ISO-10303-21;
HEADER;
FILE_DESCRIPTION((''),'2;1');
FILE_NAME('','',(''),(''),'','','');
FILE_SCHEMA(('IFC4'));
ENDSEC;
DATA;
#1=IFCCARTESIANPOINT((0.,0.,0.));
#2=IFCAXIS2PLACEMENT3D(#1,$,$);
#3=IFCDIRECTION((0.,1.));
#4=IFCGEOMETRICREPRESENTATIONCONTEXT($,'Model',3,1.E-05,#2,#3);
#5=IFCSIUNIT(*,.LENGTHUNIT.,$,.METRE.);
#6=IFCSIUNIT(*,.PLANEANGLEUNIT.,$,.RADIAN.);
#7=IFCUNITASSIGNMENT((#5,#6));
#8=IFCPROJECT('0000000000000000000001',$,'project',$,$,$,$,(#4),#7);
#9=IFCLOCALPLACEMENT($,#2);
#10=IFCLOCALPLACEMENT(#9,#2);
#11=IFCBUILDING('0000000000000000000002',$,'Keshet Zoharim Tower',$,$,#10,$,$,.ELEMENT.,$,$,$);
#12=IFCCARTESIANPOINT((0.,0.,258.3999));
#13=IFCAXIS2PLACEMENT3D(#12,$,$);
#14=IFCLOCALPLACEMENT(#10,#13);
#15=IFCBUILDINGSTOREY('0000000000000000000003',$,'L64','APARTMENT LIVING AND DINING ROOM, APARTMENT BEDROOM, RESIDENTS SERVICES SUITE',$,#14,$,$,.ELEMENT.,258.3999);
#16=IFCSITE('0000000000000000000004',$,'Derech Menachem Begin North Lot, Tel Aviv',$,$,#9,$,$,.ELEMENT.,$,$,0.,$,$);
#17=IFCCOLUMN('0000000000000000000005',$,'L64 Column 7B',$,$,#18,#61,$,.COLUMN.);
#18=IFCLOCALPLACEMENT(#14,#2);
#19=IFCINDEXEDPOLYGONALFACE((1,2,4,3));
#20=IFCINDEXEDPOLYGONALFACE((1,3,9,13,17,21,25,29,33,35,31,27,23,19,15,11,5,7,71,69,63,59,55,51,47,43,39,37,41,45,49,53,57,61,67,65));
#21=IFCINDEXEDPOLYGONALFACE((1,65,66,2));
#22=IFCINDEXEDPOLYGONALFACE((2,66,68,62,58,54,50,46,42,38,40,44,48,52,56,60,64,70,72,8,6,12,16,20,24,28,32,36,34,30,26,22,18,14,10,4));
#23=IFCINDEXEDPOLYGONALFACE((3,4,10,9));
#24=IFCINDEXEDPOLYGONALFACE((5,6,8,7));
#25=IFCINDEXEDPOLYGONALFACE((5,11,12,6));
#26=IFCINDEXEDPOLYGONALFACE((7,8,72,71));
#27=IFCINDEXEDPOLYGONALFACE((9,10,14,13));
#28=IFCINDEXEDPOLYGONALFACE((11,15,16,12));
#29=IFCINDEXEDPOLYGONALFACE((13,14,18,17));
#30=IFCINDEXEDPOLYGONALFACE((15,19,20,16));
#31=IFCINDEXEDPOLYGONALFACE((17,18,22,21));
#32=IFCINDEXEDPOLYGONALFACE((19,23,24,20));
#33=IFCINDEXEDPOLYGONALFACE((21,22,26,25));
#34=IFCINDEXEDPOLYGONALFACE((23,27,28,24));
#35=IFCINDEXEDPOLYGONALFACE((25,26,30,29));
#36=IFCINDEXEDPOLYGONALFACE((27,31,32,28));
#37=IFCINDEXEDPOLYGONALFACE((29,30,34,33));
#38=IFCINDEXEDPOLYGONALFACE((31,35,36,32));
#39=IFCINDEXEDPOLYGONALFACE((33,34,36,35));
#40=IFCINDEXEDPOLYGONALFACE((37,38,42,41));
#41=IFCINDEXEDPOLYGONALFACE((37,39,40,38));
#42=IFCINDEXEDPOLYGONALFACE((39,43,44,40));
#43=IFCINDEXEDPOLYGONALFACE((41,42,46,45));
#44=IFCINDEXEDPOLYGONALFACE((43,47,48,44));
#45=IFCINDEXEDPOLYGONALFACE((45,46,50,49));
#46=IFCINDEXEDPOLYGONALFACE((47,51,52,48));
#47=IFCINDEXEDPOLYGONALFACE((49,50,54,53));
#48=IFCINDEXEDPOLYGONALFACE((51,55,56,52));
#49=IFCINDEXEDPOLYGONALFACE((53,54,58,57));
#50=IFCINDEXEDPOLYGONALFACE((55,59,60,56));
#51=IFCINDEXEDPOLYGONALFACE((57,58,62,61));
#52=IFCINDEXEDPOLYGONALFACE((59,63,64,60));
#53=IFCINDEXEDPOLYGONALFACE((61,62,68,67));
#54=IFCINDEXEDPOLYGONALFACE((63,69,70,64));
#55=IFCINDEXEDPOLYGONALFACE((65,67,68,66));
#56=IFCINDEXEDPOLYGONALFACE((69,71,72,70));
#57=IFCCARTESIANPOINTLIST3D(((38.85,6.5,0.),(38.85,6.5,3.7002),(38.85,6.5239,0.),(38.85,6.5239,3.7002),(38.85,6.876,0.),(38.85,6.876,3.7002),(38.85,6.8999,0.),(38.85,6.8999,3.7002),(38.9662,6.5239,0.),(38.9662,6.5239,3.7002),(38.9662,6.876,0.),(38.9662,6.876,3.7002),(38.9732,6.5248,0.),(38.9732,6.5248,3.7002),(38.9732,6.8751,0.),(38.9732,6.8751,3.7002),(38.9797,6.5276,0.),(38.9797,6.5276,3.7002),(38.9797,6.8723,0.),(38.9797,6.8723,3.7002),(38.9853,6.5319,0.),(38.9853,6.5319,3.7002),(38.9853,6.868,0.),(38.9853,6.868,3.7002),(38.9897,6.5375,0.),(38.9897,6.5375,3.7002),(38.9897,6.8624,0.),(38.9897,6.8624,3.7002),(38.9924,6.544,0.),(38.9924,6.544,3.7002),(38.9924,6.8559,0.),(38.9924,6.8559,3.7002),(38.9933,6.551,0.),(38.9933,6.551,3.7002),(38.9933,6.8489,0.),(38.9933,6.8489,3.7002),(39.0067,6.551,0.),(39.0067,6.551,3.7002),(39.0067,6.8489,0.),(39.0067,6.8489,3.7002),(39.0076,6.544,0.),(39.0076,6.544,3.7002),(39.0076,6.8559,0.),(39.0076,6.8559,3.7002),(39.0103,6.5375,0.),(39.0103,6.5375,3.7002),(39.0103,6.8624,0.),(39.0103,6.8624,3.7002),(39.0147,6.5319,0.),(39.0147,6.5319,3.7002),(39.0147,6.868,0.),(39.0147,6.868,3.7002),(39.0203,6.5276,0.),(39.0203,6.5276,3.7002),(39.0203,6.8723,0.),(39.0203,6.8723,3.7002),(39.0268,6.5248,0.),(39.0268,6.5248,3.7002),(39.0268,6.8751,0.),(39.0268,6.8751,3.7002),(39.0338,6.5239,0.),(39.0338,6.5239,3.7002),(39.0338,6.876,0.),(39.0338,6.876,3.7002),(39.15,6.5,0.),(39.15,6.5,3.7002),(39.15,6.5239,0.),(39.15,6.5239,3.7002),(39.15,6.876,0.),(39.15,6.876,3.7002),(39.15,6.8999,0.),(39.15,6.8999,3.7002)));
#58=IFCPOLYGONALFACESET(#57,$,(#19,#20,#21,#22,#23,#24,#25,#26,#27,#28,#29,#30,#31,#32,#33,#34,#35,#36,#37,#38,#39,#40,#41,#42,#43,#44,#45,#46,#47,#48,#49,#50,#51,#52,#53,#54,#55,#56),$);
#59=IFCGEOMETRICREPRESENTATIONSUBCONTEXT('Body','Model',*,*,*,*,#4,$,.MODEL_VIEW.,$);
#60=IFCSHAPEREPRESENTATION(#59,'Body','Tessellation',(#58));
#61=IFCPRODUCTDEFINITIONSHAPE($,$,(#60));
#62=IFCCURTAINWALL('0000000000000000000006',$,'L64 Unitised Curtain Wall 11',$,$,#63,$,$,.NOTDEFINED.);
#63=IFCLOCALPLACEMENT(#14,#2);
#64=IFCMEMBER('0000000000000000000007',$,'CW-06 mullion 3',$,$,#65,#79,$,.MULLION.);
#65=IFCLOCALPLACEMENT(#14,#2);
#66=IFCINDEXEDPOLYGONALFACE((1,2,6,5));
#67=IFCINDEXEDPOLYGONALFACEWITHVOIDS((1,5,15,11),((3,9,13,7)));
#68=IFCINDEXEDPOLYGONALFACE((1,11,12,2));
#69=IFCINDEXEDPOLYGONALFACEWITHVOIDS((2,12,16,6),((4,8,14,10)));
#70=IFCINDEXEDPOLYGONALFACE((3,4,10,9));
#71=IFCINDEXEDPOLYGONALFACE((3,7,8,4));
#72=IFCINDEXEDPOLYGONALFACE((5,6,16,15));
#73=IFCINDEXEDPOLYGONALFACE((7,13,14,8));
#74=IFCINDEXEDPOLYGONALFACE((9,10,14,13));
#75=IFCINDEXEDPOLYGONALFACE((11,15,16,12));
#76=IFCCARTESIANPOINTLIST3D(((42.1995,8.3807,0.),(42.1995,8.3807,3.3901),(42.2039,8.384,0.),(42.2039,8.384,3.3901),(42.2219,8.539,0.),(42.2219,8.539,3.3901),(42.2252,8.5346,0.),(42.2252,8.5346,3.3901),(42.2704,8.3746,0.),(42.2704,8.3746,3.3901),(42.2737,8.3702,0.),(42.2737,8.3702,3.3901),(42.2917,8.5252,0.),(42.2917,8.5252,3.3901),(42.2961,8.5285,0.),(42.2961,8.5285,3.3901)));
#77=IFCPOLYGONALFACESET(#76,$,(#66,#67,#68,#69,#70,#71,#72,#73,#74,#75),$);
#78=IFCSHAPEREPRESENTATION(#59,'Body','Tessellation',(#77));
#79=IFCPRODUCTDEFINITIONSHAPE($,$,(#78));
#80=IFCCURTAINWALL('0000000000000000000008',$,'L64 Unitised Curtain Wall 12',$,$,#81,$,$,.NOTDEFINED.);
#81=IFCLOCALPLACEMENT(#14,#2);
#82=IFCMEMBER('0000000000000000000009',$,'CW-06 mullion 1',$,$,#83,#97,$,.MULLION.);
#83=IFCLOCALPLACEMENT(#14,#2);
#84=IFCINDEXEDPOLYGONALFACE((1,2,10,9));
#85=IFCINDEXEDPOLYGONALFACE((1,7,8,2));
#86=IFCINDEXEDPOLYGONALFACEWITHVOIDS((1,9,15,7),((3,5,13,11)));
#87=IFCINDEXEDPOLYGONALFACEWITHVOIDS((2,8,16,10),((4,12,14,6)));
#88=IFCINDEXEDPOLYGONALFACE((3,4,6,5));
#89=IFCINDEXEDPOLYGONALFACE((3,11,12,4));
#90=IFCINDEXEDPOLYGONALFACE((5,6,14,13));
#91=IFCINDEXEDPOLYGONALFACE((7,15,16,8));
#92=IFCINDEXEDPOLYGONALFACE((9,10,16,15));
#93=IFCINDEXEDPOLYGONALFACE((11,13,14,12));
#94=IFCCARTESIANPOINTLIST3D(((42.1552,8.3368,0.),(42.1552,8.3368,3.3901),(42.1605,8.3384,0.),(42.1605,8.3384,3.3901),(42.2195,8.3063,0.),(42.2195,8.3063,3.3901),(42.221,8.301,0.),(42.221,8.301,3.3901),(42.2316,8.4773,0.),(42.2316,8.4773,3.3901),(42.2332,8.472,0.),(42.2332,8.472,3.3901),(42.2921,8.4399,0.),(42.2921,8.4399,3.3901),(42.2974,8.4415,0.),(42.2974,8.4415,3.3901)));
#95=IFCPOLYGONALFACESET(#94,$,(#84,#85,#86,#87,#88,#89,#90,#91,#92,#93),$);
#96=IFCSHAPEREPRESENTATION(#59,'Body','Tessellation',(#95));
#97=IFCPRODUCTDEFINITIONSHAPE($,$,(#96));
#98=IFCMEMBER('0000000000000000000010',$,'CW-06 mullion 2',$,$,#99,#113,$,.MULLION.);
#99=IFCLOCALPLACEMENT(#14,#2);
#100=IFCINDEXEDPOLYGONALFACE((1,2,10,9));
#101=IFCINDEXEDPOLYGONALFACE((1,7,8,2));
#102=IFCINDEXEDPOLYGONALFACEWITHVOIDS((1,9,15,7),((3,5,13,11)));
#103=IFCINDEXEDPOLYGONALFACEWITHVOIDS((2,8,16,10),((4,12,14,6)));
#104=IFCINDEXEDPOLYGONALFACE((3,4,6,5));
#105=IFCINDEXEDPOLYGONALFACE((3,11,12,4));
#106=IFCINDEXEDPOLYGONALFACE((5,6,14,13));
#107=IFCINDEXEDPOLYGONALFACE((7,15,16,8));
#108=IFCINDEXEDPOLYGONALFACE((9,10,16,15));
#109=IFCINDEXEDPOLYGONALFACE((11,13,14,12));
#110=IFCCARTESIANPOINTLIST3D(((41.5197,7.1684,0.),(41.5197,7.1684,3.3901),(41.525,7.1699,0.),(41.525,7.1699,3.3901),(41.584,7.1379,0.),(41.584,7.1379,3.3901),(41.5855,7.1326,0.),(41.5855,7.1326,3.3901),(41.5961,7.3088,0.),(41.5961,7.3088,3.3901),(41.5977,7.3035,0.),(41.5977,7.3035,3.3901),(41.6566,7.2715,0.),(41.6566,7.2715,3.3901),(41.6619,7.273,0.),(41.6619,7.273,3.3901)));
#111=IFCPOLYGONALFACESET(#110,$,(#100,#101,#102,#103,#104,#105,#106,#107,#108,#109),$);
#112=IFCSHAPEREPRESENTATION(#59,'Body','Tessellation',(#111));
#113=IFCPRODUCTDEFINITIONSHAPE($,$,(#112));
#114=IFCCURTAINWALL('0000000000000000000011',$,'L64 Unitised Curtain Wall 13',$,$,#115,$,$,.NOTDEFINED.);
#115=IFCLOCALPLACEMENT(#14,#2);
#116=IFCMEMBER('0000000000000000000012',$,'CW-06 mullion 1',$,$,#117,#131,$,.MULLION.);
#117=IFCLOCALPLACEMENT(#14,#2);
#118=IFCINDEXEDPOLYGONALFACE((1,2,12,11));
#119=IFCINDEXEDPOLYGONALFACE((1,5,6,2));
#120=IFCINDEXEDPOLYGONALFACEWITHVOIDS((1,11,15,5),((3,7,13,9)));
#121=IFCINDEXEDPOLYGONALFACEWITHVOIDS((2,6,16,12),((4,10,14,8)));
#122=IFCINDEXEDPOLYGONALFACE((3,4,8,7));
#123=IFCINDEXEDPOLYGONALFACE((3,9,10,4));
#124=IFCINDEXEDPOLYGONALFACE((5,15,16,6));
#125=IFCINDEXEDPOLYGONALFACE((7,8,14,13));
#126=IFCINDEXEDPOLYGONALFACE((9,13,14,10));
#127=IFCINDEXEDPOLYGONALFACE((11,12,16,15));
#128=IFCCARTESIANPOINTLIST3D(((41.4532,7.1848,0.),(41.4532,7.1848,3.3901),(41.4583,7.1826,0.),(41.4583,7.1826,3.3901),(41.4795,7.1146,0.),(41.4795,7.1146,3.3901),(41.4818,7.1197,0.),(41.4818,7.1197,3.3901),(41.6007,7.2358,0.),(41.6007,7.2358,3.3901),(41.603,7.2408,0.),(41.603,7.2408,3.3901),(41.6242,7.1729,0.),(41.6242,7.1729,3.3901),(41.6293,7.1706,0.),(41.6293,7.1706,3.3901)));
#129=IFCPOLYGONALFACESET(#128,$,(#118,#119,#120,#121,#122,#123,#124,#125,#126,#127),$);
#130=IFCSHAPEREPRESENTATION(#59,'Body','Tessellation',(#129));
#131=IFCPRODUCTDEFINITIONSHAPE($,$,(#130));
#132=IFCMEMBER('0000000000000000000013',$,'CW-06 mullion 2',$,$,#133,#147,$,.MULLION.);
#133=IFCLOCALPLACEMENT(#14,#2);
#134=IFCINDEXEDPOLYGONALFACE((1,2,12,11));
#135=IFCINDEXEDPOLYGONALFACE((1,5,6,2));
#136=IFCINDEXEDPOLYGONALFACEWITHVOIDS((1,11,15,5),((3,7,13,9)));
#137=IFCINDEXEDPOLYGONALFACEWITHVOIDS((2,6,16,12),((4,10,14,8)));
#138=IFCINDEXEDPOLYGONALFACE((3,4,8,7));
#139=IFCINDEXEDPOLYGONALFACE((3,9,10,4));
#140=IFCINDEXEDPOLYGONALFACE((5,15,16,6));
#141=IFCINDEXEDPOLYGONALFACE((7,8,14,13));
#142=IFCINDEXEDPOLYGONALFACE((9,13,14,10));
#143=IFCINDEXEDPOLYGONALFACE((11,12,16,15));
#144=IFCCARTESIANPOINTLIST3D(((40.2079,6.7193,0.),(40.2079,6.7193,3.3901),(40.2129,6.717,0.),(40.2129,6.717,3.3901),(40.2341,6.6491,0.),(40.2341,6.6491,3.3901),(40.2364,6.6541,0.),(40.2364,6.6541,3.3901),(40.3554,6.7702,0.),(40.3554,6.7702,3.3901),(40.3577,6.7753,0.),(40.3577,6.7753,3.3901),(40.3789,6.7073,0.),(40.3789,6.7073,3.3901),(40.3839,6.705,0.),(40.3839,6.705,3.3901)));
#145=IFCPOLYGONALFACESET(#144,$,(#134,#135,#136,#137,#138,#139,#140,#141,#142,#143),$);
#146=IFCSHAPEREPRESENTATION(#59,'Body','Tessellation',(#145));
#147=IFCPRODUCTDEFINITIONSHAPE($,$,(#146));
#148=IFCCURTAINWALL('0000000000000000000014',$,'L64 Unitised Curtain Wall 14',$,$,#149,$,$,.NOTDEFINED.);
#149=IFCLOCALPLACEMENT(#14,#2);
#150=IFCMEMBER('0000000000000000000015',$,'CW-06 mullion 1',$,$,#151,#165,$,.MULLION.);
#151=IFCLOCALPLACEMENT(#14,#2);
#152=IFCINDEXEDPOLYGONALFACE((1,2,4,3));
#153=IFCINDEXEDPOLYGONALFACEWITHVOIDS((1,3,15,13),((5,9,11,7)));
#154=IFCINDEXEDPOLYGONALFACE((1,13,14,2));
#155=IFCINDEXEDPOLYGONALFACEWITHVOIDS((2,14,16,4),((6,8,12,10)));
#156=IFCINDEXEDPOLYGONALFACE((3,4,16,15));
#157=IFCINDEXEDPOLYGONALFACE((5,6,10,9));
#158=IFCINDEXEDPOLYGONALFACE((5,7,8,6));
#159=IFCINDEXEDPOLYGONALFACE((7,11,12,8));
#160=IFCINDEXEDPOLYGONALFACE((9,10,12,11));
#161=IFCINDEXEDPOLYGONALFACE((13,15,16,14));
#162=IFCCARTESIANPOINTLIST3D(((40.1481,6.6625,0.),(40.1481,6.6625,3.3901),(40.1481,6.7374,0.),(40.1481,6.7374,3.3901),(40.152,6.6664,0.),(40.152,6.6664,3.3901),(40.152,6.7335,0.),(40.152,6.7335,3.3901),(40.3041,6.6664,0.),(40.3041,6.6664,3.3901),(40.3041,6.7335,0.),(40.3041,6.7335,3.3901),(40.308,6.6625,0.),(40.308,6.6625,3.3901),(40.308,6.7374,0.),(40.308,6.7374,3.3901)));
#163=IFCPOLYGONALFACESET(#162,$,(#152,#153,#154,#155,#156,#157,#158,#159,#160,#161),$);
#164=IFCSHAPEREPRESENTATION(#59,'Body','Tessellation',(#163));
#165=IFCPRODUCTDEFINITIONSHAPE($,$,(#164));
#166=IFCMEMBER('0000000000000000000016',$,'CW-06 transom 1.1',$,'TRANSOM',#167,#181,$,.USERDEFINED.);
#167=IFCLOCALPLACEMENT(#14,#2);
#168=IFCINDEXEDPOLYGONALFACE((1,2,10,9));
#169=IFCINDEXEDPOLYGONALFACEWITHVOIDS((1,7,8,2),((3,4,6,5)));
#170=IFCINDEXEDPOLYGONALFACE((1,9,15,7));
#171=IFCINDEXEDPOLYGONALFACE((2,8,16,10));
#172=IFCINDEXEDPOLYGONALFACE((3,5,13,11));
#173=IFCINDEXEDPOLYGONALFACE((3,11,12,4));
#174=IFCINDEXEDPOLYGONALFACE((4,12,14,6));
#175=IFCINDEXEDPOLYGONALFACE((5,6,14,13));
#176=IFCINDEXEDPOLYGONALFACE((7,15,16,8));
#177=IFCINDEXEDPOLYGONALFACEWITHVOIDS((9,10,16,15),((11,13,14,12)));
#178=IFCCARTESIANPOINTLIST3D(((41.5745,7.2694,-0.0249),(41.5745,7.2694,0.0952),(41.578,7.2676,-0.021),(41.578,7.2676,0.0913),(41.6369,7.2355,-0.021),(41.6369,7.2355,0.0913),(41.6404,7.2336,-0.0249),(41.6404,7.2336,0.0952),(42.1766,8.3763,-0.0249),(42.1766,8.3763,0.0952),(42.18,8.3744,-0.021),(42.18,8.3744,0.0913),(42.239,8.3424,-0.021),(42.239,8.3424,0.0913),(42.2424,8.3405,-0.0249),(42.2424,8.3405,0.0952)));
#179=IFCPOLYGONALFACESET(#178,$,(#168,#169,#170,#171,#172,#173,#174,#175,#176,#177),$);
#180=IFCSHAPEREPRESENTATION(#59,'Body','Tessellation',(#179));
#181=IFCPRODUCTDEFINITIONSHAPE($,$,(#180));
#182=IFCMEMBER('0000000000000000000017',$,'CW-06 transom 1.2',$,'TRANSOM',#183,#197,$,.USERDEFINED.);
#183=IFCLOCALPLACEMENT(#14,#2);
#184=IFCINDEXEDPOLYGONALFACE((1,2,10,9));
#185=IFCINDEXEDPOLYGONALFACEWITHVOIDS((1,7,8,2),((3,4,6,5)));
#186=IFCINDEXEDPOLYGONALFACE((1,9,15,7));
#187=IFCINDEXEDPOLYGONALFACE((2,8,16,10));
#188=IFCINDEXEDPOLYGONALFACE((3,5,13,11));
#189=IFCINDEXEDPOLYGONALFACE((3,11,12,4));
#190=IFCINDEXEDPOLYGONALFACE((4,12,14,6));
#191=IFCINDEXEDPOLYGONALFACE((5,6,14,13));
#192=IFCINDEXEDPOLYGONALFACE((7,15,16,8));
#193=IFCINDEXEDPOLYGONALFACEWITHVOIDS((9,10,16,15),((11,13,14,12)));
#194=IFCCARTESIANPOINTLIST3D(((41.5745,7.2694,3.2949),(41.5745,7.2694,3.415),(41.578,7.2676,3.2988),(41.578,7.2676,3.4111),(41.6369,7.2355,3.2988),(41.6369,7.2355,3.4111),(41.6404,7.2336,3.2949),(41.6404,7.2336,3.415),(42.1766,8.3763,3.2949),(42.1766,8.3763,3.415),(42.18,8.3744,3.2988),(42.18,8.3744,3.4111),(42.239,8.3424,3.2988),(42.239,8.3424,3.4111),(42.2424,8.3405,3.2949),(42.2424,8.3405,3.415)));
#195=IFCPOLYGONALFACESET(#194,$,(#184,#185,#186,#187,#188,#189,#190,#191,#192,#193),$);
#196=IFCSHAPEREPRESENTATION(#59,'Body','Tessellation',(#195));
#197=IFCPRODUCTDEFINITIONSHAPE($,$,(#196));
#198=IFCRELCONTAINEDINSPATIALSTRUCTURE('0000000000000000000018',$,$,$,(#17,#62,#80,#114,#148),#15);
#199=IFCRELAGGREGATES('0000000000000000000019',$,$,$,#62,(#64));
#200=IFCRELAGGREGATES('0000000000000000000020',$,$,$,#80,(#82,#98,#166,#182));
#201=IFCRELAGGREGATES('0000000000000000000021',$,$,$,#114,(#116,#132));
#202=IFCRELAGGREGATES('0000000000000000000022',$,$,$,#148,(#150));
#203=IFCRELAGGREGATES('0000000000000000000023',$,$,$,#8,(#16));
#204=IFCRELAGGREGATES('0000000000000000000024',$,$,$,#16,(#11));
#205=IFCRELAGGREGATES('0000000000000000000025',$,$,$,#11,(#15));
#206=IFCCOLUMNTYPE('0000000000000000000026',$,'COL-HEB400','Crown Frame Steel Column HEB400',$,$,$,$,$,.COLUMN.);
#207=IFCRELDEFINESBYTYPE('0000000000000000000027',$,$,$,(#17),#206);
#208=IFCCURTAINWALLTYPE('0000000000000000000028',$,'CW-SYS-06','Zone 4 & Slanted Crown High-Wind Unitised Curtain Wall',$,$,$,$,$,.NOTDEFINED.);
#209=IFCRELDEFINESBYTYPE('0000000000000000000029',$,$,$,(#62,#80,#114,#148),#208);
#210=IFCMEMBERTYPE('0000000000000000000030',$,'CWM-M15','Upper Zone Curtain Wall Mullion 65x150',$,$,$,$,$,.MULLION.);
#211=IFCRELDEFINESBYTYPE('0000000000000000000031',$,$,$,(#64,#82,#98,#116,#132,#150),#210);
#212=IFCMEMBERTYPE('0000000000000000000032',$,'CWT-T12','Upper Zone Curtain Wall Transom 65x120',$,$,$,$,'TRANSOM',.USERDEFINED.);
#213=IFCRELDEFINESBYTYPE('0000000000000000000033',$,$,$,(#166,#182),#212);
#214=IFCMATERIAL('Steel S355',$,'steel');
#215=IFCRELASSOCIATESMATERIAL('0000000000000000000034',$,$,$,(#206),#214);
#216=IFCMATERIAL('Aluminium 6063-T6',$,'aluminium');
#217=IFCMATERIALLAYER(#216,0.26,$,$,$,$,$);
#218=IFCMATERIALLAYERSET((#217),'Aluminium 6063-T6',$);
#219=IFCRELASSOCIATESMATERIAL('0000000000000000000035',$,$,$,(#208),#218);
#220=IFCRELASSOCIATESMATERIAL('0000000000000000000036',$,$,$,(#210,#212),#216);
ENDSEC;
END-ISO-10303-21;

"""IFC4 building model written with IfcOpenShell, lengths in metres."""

from ifc_helpers import new_model, si_unit, direction, frame, origin, origin_2d, place, context, subcontext, project, spatial, hollow_rectangle, i_section, extrude, material, layer, layer_set, material_profile, profile_set, type_object, element, aggregate, save


model = new_model("IFC4")

# Units and contexts
model_context = context("Model", 3, precision=1e-05, world=origin(), true_north=direction((0.0, 1.0)))
body_context = subcontext(model_context, "Body", "Model", "MODEL_VIEW")
ifc_project = project(units=[si_unit("LENGTHUNIT", "METRE"), si_unit("PLANEANGLEUNIT", "RADIAN")], contexts=[model_context])

# Site, building, storey
site_placement = place(None, origin())
site = spatial("IfcSite", under=ifc_project, at=site_placement, Name="Derech Menachem Begin North Lot, Tel Aviv", CompositionType="ELEMENT", RefElevation=0.0)
building_placement = place(site_placement, origin())
building = spatial("IfcBuilding", under=site, at=building_placement, Name="Keshet Zoharim Tower", CompositionType="ELEMENT")
storey_placement = place(building_placement, frame((0.0, 0.0, 258.3999)))
storey = spatial("IfcBuildingStorey", under=building, at=storey_placement, Name="L64", Description="APARTMENT LIVING AND DINING ROOM, APARTMENT BEDROOM, RESIDENTS SERVICES SUITE", CompositionType="ELEMENT", Elevation=258.3999)

# Column
ifc_material_1 = material(Name="Steel S355", Category="steel")
ifc_material_profile_1 = material_profile(ifc_material_1, i_section(OverallWidth=0.3, OverallDepth=0.3999, WebThickness=0.0134, FlangeThickness=0.0239, FilletRadius=0.0271, at=origin_2d()), Name="HEB400")
ifc_profile_set_1 = profile_set([ifc_material_profile_1], Name="Steel S355")
column_type = type_object("IfcColumnType", Name="COL-HEB400", Description="Crown Frame Steel Column HEB400", PredefinedType="COLUMN", material=ifc_profile_set_1)
column_placement = place(storey_placement, frame((39.0, 6.7, 0.0), z_axis=(0.0, 0.0, 1.0), x_axis=(1.0, 0.0, 0.0)))
element("IfcColumn", 1, at=column_placement, inside=storey, type_object=column_type, Name="L64 Column 7B", PredefinedType="COLUMN", context=body_context, shape_type="SweptSolid", body=[
    extrude(i_section(OverallWidth=0.3, OverallDepth=0.3999, WebThickness=0.0134, FlangeThickness=0.0239, FilletRadius=0.0271, at=origin_2d()), origin(), (0.0, 0.0, 1.0), 3.7002),
])

# Curtain wall, member
ifc_material_2 = material(Name="Aluminium 6063-T6", Category="aluminium")
ifc_layer_1 = layer(ifc_material_2, 0.26)
ifc_layer_set_1 = layer_set([ifc_layer_1], Name="Aluminium 6063-T6")
curtain_wall_type = type_object("IfcCurtainWallType", Name="CW-SYS-06", Description="Zone 4 & Slanted Crown High-Wind Unitised Curtain Wall", PredefinedType="NOTDEFINED", material=ifc_layer_set_1)
curtain_wall_1_placement = place(storey_placement, origin())
curtain_wall_1 = element("IfcCurtainWall", 2, at=curtain_wall_1_placement, inside=storey, type_object=curtain_wall_type, Name="L64 Unitised Curtain Wall 11", PredefinedType="NOTDEFINED")
ifc_material_profile_2 = material_profile(ifc_material_2, hollow_rectangle(XDim=0.075, YDim=0.1599, WallThickness=0.0039, at=origin_2d()), Name="MUL-75x160")
ifc_profile_set_2 = profile_set([ifc_material_profile_2], Name="Aluminium 6063-T6")
member_type_1 = type_object("IfcMemberType", Name="CWM-M15", Description="Upper Zone Curtain Wall Mullion 65x150", PredefinedType="MULLION", material=ifc_profile_set_2)
member_1_placement = place(storey_placement, frame((42.2478, 8.4546, 0.0), z_axis=(0.0, 0.0, 1.0), x_axis=(0.990132, -0.140137, 0.0)))
member_1 = element("IfcMember", 3, at=member_1_placement, type_object=member_type_1, Name="CW-06 mullion 3", PredefinedType="MULLION", context=body_context, shape_type="SweptSolid", body=[
    extrude(hollow_rectangle(XDim=0.075, YDim=0.1599, WallThickness=0.0039, at=origin_2d()), origin(), (0.0, 0.0, 1.0), 3.3901),
])

# Curtain walls, members
curtain_wall_2_placement = place(storey_placement, origin())
curtain_wall_2 = element("IfcCurtainWall", 4, at=curtain_wall_2_placement, inside=storey, type_object=curtain_wall_type, Name="L64 Unitised Curtain Wall 12", PredefinedType="NOTDEFINED")
member_2_placement = place(storey_placement, frame((42.2263, 8.3892, 0.0), z_axis=(0.0, 0.0, 1.0), x_axis=(0.878468, -0.477801, 0.0)))
member_2 = element("IfcMember", 5, at=member_2_placement, type_object=member_type_1, Name="CW-06 mullion 1", PredefinedType="MULLION", context=body_context, shape_type="SweptSolid", body=[
    extrude(hollow_rectangle(XDim=0.075, YDim=0.1599, WallThickness=0.0039, at=origin_2d()), origin(), (0.0, 0.0, 1.0), 3.3901),
])
member_3_placement = place(storey_placement, frame((41.5908, 7.2207, 0.0), z_axis=(0.0, 0.0, 1.0), x_axis=(0.878468, -0.477801, 0.0)))
member_3 = element("IfcMember", 6, at=member_3_placement, type_object=member_type_1, Name="CW-06 mullion 2", PredefinedType="MULLION", context=body_context, shape_type="SweptSolid", body=[
    extrude(hollow_rectangle(XDim=0.075, YDim=0.1599, WallThickness=0.0039, at=origin_2d()), origin(), (0.0, 0.0, 1.0), 3.3901),
])
curtain_wall_3_placement = place(storey_placement, origin())
curtain_wall_3 = element("IfcCurtainWall", 7, at=curtain_wall_3_placement, inside=storey, type_object=curtain_wall_type, Name="L64 Unitised Curtain Wall 13", PredefinedType="NOTDEFINED")
member_4_placement = place(storey_placement, frame((41.5413, 7.1777, 0.0), z_axis=(0.0, 0.0, 1.0), x_axis=(0.350105, -0.93671, 0.0)))
member_4 = element("IfcMember", 8, at=member_4_placement, type_object=member_type_1, Name="CW-06 mullion 1", PredefinedType="MULLION", context=body_context, shape_type="SweptSolid", body=[
    extrude(hollow_rectangle(XDim=0.075, YDim=0.1599, WallThickness=0.0039, at=origin_2d()), origin(), (0.0, 0.0, 1.0), 3.3901),
])
member_5_placement = place(storey_placement, frame((40.2959, 6.7122, 0.0), z_axis=(0.0, 0.0, 1.0), x_axis=(0.350105, -0.93671, 0.0)))
member_5 = element("IfcMember", 9, at=member_5_placement, type_object=member_type_1, Name="CW-06 mullion 2", PredefinedType="MULLION", context=body_context, shape_type="SweptSolid", body=[
    extrude(hollow_rectangle(XDim=0.075, YDim=0.1599, WallThickness=0.0039, at=origin_2d()), origin(), (0.0, 0.0, 1.0), 3.3901),
])

# Curtain wall, member
curtain_wall_4_placement = place(storey_placement, origin())
curtain_wall_4 = element("IfcCurtainWall", 10, at=curtain_wall_4_placement, inside=storey, type_object=curtain_wall_type, Name="L64 Unitised Curtain Wall 14", PredefinedType="NOTDEFINED")
member_6_placement = place(storey_placement, frame((40.228, 6.7, 0.0), z_axis=(0.0, 0.0, 1.0), x_axis=(0.0, -1.0, 0.0)))
member_6 = element("IfcMember", 11, at=member_6_placement, type_object=member_type_1, Name="CW-06 mullion 1", PredefinedType="MULLION", context=body_context, shape_type="SweptSolid", body=[
    extrude(hollow_rectangle(XDim=0.075, YDim=0.1599, WallThickness=0.0039, at=origin_2d()), origin(), (0.0, 0.0, 1.0), 3.3901),
])

# Members
ifc_material_profile_3 = material_profile(ifc_material_2, hollow_rectangle(XDim=0.075, YDim=0.1201, WallThickness=0.0039, at=origin_2d()), Name="TRN-75x120")
ifc_profile_set_3 = profile_set([ifc_material_profile_3], Name="Aluminium 6063-T6")
member_type_2 = type_object("IfcMemberType", Name="CWT-T12", Description="Upper Zone Curtain Wall Transom 65x120", ElementType="TRANSOM", PredefinedType="USERDEFINED", material=ifc_profile_set_3)
member_7_placement = place(storey_placement, frame((42.2095, 8.3584, 0.0352), z_axis=(-0.477793, -0.878472, 0.0), x_axis=(0.878472, -0.477793, 0.0)))
member_7 = element("IfcMember", 12, at=member_7_placement, type_object=member_type_2, Name="CW-06 transom 1.1", ObjectType="TRANSOM", PredefinedType="USERDEFINED", context=body_context, shape_type="SweptSolid", body=[
    extrude(hollow_rectangle(XDim=0.075, YDim=0.1201, WallThickness=0.0039, at=origin_2d()), origin(), (0.0, 0.0, 1.0), 1.26),
])
member_8_placement = place(storey_placement, frame((42.2095, 8.3584, 3.355), z_axis=(-0.477793, -0.878472, 0.0), x_axis=(0.878472, -0.477793, 0.0)))
member_8 = element("IfcMember", 13, at=member_8_placement, type_object=member_type_2, Name="CW-06 transom 1.2", ObjectType="TRANSOM", PredefinedType="USERDEFINED", context=body_context, shape_type="SweptSolid", body=[
    extrude(hollow_rectangle(XDim=0.075, YDim=0.1201, WallThickness=0.0039, at=origin_2d()), origin(), (0.0, 0.0, 1.0), 1.26),
])

aggregate(curtain_wall_1, [member_1])
aggregate(curtain_wall_2, [member_2, member_3, member_7, member_8])
aggregate(curtain_wall_3, [member_4, member_5])
aggregate(curtain_wall_4, [member_6])

save(model, "model.ifc")
